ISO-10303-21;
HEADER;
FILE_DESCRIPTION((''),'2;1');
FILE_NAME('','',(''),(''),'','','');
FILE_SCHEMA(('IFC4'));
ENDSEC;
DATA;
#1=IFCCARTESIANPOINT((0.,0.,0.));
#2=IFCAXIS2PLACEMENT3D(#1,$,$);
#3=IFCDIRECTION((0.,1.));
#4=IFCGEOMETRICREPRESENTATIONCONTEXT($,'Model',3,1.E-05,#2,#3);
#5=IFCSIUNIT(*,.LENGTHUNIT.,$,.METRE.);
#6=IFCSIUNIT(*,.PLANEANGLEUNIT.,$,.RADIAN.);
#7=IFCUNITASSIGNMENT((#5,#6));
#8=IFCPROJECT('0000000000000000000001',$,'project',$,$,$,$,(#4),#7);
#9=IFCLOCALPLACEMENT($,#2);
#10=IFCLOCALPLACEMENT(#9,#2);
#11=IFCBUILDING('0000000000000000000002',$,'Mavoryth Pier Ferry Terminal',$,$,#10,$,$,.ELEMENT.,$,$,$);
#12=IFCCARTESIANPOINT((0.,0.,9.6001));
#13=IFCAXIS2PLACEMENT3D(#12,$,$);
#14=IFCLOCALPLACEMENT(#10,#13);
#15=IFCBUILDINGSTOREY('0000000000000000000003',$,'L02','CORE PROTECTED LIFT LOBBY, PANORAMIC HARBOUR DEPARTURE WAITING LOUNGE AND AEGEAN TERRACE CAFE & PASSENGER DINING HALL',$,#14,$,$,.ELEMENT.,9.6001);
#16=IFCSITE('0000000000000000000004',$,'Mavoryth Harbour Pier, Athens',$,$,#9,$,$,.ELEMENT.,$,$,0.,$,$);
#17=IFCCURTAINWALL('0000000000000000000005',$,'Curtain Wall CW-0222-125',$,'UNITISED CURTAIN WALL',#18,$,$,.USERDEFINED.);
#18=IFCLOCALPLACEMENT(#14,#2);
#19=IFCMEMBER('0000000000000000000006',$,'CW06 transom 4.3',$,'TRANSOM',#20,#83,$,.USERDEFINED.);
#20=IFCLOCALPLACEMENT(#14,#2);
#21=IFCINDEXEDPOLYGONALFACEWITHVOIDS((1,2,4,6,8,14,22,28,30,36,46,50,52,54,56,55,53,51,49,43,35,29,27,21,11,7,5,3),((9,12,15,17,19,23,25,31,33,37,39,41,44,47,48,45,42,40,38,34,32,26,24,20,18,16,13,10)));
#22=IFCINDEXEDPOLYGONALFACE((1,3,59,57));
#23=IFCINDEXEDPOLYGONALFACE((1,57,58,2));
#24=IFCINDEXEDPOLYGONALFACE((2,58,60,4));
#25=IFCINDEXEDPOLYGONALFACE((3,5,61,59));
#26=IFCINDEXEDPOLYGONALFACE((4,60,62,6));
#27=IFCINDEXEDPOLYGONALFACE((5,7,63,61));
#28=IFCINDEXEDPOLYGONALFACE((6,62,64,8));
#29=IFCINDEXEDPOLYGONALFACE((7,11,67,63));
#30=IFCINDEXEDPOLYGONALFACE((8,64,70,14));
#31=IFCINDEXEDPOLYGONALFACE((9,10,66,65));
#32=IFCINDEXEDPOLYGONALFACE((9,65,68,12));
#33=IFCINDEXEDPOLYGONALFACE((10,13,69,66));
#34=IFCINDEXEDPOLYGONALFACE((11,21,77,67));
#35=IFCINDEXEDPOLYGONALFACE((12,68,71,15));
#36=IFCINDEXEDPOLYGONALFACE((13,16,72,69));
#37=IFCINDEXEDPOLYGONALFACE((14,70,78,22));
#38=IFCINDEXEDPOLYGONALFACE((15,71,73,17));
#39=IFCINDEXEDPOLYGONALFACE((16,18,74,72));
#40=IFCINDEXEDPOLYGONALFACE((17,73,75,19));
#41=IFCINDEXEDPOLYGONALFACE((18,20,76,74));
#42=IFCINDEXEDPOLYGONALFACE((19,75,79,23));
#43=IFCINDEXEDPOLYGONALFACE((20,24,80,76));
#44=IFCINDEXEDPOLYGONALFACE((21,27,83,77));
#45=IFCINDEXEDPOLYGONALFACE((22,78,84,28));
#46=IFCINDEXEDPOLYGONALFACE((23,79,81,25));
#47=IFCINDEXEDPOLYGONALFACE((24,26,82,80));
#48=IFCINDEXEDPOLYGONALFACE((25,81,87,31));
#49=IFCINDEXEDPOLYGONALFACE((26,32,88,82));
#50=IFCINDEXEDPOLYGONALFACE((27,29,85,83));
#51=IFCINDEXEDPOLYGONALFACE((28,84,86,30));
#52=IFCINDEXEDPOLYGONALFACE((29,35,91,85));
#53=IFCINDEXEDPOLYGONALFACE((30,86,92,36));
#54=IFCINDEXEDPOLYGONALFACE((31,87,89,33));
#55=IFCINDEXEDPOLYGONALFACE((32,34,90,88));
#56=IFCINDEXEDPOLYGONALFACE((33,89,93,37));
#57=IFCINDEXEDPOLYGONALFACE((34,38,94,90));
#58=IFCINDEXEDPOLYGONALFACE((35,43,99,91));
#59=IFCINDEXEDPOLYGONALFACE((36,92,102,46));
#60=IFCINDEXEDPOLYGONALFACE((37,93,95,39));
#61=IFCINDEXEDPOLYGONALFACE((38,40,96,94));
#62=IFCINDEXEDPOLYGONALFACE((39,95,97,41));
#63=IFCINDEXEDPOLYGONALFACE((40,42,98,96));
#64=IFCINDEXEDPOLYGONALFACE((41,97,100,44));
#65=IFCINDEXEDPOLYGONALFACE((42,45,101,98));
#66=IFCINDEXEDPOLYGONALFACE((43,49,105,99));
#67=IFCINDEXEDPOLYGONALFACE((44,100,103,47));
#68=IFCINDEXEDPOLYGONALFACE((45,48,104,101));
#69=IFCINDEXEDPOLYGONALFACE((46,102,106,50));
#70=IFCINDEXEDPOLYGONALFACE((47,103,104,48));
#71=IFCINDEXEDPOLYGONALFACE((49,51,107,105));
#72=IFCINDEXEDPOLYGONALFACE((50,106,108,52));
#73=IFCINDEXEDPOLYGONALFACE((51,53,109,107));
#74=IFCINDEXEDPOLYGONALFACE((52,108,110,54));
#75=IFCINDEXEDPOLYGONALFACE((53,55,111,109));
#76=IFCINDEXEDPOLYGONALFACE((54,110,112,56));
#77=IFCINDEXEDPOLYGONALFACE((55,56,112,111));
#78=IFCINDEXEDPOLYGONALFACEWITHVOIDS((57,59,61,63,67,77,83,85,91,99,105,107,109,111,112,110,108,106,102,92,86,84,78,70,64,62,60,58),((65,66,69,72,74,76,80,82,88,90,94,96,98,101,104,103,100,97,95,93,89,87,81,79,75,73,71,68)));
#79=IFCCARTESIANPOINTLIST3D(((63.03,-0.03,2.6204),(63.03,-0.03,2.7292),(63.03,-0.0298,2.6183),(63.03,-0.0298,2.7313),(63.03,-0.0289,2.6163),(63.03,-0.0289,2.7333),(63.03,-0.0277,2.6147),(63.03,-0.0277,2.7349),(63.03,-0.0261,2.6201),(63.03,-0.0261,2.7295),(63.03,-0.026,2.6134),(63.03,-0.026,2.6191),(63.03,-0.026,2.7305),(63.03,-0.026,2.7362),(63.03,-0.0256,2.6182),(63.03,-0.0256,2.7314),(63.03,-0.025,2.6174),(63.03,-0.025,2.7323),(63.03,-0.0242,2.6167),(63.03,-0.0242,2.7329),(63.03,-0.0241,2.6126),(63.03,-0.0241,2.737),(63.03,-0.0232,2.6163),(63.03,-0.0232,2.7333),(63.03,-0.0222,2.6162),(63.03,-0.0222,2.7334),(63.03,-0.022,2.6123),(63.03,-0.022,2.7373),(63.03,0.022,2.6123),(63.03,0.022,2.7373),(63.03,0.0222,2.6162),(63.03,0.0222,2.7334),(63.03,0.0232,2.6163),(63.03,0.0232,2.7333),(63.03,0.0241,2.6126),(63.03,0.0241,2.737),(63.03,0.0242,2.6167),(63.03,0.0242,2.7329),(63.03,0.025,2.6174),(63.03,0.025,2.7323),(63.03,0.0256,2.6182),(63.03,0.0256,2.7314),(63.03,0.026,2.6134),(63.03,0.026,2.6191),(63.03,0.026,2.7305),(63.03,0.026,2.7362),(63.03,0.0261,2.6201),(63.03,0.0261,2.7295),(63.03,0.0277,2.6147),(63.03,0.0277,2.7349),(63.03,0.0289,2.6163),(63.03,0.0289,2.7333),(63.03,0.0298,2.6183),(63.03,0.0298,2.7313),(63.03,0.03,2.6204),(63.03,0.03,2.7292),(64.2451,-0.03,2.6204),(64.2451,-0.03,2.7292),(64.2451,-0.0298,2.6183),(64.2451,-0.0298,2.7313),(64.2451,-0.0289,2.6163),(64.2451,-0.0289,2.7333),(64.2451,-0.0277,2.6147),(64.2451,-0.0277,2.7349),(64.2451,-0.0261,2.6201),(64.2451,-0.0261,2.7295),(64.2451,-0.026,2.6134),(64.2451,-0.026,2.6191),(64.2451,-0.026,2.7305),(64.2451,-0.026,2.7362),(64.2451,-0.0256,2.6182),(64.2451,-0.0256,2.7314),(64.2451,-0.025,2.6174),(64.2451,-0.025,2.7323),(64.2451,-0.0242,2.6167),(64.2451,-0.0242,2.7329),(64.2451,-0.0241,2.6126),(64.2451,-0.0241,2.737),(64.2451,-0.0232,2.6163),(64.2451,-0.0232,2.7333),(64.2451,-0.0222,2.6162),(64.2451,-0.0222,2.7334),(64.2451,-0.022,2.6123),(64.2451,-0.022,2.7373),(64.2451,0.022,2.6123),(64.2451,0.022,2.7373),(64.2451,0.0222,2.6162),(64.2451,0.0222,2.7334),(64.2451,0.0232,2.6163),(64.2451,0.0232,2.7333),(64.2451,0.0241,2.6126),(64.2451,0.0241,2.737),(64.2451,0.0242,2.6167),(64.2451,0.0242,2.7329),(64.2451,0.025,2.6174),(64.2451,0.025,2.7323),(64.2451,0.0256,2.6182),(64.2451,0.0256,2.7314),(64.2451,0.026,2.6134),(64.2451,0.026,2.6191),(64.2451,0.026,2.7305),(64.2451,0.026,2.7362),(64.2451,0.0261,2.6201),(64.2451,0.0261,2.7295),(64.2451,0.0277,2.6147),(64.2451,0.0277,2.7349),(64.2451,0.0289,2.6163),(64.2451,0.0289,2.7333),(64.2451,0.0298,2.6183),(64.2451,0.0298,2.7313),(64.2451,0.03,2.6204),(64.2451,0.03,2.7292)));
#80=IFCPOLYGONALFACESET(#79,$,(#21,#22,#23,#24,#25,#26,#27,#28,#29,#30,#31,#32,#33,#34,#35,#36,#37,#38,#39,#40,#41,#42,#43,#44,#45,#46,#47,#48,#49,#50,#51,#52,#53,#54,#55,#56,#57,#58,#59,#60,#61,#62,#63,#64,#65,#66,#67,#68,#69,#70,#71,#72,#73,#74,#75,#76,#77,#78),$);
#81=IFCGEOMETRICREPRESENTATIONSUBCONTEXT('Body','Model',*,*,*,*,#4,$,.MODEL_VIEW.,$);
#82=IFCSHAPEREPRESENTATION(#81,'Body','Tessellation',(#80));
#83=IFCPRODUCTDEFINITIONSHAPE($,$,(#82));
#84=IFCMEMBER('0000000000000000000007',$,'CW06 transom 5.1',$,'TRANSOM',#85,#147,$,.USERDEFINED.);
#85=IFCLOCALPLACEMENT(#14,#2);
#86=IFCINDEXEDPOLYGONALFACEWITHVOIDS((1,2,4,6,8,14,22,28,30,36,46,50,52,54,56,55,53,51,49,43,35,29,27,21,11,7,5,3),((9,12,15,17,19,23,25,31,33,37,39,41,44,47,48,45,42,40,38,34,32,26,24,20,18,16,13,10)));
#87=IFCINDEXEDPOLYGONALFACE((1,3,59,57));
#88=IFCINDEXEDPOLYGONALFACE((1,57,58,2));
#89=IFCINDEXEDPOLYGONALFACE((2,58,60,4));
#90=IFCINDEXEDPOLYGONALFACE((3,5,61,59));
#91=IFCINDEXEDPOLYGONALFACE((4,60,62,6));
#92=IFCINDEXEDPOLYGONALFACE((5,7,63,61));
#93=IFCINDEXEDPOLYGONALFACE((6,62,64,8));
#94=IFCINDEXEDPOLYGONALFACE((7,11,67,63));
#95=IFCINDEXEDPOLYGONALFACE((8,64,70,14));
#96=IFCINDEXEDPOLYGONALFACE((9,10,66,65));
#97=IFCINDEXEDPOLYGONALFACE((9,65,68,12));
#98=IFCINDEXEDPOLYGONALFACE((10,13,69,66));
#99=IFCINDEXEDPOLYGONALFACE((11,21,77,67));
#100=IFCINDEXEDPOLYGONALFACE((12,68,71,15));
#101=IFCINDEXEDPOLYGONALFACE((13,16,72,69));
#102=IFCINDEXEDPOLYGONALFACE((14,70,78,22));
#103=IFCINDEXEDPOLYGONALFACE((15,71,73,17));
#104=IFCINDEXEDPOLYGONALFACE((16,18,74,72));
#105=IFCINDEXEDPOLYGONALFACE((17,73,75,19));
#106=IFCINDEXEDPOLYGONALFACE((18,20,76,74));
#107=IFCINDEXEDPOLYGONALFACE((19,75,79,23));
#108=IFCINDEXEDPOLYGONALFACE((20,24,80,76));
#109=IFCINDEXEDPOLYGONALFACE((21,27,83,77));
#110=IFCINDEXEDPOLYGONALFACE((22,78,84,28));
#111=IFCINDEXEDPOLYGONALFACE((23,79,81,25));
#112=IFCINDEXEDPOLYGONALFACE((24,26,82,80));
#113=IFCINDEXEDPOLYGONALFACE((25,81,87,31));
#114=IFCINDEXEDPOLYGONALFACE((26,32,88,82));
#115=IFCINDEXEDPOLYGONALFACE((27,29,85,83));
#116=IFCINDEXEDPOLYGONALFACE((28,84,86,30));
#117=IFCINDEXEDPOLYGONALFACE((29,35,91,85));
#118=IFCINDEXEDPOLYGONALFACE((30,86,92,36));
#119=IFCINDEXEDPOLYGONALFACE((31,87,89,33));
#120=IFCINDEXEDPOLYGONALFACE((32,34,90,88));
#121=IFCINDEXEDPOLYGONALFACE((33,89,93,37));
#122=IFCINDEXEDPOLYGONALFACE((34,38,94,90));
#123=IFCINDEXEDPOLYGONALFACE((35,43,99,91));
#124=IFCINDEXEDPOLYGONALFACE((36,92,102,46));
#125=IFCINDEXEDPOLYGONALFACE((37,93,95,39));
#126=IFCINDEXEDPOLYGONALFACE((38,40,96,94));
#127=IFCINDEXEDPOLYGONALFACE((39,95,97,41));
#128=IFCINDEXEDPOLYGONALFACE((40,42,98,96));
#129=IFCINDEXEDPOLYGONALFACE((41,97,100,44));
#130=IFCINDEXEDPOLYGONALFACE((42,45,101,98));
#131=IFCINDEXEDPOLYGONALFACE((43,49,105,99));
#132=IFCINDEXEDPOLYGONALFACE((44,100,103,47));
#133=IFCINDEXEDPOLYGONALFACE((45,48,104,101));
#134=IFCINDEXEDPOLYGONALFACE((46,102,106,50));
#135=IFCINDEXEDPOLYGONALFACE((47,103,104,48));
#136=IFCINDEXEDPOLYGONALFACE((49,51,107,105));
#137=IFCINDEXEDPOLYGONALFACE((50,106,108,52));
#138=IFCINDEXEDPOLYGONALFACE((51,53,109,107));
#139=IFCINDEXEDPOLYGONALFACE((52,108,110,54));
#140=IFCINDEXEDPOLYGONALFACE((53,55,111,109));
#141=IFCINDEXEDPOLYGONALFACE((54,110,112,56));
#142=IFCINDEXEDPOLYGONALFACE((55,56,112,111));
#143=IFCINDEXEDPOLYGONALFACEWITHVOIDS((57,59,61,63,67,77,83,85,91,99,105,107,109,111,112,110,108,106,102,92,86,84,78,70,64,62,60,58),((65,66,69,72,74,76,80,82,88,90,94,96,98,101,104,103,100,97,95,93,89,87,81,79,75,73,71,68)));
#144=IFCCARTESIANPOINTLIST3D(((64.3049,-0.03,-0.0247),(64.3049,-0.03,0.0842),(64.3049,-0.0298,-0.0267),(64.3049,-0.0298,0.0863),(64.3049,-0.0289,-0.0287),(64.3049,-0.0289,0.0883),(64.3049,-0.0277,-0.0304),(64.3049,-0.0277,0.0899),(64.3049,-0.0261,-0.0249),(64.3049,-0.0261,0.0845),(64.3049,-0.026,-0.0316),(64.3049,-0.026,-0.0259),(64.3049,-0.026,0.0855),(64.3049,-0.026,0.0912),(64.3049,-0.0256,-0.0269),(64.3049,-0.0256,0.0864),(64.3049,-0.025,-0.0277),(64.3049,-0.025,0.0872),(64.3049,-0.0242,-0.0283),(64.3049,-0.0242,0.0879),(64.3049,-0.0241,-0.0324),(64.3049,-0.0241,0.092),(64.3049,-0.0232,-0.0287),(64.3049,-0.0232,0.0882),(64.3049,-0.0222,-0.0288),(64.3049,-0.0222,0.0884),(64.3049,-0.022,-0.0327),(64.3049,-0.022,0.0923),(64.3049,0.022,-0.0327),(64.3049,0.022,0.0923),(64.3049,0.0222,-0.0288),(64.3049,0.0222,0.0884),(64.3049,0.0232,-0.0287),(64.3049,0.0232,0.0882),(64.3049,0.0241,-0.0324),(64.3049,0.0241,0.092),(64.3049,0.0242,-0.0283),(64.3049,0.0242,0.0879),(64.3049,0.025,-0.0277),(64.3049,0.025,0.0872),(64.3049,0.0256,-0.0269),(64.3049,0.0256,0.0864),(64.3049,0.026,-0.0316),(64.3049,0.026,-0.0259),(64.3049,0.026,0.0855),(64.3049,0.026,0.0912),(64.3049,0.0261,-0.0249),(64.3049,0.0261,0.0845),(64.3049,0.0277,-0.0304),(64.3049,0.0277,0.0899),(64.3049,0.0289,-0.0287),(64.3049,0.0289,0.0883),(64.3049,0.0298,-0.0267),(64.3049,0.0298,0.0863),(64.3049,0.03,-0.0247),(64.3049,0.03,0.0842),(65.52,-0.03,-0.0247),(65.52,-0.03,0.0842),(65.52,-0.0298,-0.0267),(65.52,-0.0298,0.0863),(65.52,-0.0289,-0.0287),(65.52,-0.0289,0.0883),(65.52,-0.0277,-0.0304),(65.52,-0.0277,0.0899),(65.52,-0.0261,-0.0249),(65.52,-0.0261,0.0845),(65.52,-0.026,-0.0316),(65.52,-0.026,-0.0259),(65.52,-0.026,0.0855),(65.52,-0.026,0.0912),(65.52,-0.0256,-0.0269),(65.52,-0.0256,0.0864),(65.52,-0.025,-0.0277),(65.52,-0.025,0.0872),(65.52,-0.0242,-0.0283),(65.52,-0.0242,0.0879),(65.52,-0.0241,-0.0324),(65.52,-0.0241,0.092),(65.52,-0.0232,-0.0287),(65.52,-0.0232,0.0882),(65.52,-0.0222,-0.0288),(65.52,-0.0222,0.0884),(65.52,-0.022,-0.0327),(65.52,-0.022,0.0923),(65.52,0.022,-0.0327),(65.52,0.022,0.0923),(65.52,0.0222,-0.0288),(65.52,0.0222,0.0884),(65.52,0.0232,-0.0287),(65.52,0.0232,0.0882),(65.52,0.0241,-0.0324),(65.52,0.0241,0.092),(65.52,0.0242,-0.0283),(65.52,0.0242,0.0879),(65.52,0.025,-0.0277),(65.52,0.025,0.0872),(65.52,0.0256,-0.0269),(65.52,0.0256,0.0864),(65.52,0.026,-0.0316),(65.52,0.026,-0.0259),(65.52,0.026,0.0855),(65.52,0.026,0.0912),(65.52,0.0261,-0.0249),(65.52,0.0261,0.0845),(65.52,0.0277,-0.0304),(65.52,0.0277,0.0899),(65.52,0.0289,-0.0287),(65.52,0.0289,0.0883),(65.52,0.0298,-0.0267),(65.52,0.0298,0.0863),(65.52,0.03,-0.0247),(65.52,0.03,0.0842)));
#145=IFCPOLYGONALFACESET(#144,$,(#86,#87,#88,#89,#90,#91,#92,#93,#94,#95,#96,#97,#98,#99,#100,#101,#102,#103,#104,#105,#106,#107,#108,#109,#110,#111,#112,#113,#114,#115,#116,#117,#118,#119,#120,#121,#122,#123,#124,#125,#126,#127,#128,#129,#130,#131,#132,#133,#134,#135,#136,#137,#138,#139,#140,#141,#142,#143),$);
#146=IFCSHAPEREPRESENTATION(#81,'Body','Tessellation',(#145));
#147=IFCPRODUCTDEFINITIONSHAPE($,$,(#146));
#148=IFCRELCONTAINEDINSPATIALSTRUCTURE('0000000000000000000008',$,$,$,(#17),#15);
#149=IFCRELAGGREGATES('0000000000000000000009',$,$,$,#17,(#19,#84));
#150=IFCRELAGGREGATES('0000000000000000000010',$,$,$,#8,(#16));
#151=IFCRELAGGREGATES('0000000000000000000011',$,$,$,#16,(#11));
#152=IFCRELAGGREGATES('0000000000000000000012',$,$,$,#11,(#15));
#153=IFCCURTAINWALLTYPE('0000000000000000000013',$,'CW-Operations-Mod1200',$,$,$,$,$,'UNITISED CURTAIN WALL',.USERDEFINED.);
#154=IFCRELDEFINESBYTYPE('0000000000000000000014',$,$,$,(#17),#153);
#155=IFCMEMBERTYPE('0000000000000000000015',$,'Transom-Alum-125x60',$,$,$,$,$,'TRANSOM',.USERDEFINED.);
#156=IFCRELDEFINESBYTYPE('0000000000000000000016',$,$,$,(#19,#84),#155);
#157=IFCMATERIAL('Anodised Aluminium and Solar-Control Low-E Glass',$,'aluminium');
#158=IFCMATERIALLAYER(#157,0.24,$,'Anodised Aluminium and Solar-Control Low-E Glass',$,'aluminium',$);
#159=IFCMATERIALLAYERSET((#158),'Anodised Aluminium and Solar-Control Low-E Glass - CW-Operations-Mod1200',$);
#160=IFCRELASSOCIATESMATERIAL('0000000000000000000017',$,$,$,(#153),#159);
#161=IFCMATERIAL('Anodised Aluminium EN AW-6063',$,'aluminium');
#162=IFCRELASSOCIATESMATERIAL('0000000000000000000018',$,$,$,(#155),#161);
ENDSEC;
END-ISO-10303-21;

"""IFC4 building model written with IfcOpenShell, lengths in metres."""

from ifc_helpers import new_model, si_unit, direction, frame, origin, origin_2d, place, context, subcontext, project, spatial, hollow_rectangle, extrude, material, layer, layer_set, material_profile, profile_set, type_object, element, aggregate, save


model = new_model("IFC4")

# Units and contexts
model_context = context("Model", 3, precision=1e-05, world=origin(), true_north=direction((0.0, 1.0)))
body_context = subcontext(model_context, "Body", "Model", "MODEL_VIEW")
ifc_project = project(units=[si_unit("LENGTHUNIT", "METRE"), si_unit("PLANEANGLEUNIT", "RADIAN")], contexts=[model_context])

# Site, building, storey
site_placement = place(None, origin())
site = spatial("IfcSite", under=ifc_project, at=site_placement, Name="Mavoryth Harbour Pier, Athens", CompositionType="ELEMENT", RefElevation=0.0)
building_placement = place(site_placement, origin())
building = spatial("IfcBuilding", under=site, at=building_placement, Name="Mavoryth Pier Ferry Terminal", CompositionType="ELEMENT")
storey_placement = place(building_placement, frame((0.0, 0.0, 9.6001)))
storey = spatial("IfcBuildingStorey", under=building, at=storey_placement, Name="L02", Description="CORE PROTECTED LIFT LOBBY, PANORAMIC HARBOUR DEPARTURE WAITING LOUNGE AND AEGEAN TERRACE CAFE & PASSENGER DINING HALL", CompositionType="ELEMENT", Elevation=9.6001)

# Shared definitions
ifc_material_1 = material(Name="Anodised Aluminium and Solar-Control Low-E Glass", Category="aluminium")
ifc_layer_1 = layer(ifc_material_1, 0.24, Name="Anodised Aluminium and Solar-Control Low-E Glass", Category="aluminium")
ifc_layer_set_1 = layer_set([ifc_layer_1], Name="Anodised Aluminium and Solar-Control Low-E Glass - CW-Operations-Mod1200")
curtain_wall_type = type_object("IfcCurtainWallType", Name="CW-Operations-Mod1200", ElementType="UNITISED CURTAIN WALL", PredefinedType="USERDEFINED", material=ifc_layer_set_1)
ifc_material_2 = material(Name="Anodised Aluminium EN AW-6063", Category="aluminium")

# Curtain wall
curtain_wall_1_placement = place(storey_placement, origin())
curtain_wall_1 = element("IfcCurtainWall", 1, at=curtain_wall_1_placement, inside=storey, type_object=curtain_wall_type, Name="Curtain Wall CW-0222-125", ObjectType="UNITISED CURTAIN WALL", PredefinedType="USERDEFINED")

# Members
ifc_material_profile_1 = material_profile(ifc_material_2, hollow_rectangle(XDim=0.0601, YDim=0.125, WallThickness=0.0039, InnerFilletRadius=0.0039, OuterFilletRadius=0.0081, at=origin_2d()), Name="AL-TRAN 125x60x4", Category="aluminium")
ifc_profile_set_1 = profile_set([ifc_material_profile_1], Name="Anodised Aluminium EN AW-6063 - AL-TRAN 125x60x4")
member_type_1 = type_object("IfcMemberType", Name="Transom-Alum-125x60", ElementType="TRANSOM", PredefinedType="USERDEFINED", material=ifc_profile_set_1)
member_1_placement = place(storey_placement, frame((63.03, 0.0, 2.6748), z_axis=(1.0, 0.0, 0.0), x_axis=(0.0, 1.0, 0.0)))
member_1 = element("IfcMember", 2, at=member_1_placement, type_object=member_type_1, Name="CW06 transom 4.3", ObjectType="TRANSOM", PredefinedType="USERDEFINED", context=body_context, shape_type="SweptSolid", body=[
    extrude(hollow_rectangle(XDim=0.0601, YDim=0.125, WallThickness=0.0039, InnerFilletRadius=0.0039, OuterFilletRadius=0.0081, at=origin_2d()), origin(), (0.0, 0.0, 1.0), 1.2151),
])
member_2_placement = place(storey_placement, frame((64.3049, 0.0, 0.0298), z_axis=(1.0, 0.0, 0.0), x_axis=(0.0, 1.0, 0.0)))
member_2 = element("IfcMember", 3, at=member_2_placement, type_object=member_type_1, Name="CW06 transom 5.1", ObjectType="TRANSOM", PredefinedType="USERDEFINED", context=body_context, shape_type="SweptSolid", body=[
    extrude(hollow_rectangle(XDim=0.0601, YDim=0.125, WallThickness=0.0039, InnerFilletRadius=0.0039, OuterFilletRadius=0.0081, at=origin_2d()), origin(), (0.0, 0.0, 1.0), 1.2151),
])

aggregate(curtain_wall_1, [member_1, member_2])

save(model, "model.ifc")
